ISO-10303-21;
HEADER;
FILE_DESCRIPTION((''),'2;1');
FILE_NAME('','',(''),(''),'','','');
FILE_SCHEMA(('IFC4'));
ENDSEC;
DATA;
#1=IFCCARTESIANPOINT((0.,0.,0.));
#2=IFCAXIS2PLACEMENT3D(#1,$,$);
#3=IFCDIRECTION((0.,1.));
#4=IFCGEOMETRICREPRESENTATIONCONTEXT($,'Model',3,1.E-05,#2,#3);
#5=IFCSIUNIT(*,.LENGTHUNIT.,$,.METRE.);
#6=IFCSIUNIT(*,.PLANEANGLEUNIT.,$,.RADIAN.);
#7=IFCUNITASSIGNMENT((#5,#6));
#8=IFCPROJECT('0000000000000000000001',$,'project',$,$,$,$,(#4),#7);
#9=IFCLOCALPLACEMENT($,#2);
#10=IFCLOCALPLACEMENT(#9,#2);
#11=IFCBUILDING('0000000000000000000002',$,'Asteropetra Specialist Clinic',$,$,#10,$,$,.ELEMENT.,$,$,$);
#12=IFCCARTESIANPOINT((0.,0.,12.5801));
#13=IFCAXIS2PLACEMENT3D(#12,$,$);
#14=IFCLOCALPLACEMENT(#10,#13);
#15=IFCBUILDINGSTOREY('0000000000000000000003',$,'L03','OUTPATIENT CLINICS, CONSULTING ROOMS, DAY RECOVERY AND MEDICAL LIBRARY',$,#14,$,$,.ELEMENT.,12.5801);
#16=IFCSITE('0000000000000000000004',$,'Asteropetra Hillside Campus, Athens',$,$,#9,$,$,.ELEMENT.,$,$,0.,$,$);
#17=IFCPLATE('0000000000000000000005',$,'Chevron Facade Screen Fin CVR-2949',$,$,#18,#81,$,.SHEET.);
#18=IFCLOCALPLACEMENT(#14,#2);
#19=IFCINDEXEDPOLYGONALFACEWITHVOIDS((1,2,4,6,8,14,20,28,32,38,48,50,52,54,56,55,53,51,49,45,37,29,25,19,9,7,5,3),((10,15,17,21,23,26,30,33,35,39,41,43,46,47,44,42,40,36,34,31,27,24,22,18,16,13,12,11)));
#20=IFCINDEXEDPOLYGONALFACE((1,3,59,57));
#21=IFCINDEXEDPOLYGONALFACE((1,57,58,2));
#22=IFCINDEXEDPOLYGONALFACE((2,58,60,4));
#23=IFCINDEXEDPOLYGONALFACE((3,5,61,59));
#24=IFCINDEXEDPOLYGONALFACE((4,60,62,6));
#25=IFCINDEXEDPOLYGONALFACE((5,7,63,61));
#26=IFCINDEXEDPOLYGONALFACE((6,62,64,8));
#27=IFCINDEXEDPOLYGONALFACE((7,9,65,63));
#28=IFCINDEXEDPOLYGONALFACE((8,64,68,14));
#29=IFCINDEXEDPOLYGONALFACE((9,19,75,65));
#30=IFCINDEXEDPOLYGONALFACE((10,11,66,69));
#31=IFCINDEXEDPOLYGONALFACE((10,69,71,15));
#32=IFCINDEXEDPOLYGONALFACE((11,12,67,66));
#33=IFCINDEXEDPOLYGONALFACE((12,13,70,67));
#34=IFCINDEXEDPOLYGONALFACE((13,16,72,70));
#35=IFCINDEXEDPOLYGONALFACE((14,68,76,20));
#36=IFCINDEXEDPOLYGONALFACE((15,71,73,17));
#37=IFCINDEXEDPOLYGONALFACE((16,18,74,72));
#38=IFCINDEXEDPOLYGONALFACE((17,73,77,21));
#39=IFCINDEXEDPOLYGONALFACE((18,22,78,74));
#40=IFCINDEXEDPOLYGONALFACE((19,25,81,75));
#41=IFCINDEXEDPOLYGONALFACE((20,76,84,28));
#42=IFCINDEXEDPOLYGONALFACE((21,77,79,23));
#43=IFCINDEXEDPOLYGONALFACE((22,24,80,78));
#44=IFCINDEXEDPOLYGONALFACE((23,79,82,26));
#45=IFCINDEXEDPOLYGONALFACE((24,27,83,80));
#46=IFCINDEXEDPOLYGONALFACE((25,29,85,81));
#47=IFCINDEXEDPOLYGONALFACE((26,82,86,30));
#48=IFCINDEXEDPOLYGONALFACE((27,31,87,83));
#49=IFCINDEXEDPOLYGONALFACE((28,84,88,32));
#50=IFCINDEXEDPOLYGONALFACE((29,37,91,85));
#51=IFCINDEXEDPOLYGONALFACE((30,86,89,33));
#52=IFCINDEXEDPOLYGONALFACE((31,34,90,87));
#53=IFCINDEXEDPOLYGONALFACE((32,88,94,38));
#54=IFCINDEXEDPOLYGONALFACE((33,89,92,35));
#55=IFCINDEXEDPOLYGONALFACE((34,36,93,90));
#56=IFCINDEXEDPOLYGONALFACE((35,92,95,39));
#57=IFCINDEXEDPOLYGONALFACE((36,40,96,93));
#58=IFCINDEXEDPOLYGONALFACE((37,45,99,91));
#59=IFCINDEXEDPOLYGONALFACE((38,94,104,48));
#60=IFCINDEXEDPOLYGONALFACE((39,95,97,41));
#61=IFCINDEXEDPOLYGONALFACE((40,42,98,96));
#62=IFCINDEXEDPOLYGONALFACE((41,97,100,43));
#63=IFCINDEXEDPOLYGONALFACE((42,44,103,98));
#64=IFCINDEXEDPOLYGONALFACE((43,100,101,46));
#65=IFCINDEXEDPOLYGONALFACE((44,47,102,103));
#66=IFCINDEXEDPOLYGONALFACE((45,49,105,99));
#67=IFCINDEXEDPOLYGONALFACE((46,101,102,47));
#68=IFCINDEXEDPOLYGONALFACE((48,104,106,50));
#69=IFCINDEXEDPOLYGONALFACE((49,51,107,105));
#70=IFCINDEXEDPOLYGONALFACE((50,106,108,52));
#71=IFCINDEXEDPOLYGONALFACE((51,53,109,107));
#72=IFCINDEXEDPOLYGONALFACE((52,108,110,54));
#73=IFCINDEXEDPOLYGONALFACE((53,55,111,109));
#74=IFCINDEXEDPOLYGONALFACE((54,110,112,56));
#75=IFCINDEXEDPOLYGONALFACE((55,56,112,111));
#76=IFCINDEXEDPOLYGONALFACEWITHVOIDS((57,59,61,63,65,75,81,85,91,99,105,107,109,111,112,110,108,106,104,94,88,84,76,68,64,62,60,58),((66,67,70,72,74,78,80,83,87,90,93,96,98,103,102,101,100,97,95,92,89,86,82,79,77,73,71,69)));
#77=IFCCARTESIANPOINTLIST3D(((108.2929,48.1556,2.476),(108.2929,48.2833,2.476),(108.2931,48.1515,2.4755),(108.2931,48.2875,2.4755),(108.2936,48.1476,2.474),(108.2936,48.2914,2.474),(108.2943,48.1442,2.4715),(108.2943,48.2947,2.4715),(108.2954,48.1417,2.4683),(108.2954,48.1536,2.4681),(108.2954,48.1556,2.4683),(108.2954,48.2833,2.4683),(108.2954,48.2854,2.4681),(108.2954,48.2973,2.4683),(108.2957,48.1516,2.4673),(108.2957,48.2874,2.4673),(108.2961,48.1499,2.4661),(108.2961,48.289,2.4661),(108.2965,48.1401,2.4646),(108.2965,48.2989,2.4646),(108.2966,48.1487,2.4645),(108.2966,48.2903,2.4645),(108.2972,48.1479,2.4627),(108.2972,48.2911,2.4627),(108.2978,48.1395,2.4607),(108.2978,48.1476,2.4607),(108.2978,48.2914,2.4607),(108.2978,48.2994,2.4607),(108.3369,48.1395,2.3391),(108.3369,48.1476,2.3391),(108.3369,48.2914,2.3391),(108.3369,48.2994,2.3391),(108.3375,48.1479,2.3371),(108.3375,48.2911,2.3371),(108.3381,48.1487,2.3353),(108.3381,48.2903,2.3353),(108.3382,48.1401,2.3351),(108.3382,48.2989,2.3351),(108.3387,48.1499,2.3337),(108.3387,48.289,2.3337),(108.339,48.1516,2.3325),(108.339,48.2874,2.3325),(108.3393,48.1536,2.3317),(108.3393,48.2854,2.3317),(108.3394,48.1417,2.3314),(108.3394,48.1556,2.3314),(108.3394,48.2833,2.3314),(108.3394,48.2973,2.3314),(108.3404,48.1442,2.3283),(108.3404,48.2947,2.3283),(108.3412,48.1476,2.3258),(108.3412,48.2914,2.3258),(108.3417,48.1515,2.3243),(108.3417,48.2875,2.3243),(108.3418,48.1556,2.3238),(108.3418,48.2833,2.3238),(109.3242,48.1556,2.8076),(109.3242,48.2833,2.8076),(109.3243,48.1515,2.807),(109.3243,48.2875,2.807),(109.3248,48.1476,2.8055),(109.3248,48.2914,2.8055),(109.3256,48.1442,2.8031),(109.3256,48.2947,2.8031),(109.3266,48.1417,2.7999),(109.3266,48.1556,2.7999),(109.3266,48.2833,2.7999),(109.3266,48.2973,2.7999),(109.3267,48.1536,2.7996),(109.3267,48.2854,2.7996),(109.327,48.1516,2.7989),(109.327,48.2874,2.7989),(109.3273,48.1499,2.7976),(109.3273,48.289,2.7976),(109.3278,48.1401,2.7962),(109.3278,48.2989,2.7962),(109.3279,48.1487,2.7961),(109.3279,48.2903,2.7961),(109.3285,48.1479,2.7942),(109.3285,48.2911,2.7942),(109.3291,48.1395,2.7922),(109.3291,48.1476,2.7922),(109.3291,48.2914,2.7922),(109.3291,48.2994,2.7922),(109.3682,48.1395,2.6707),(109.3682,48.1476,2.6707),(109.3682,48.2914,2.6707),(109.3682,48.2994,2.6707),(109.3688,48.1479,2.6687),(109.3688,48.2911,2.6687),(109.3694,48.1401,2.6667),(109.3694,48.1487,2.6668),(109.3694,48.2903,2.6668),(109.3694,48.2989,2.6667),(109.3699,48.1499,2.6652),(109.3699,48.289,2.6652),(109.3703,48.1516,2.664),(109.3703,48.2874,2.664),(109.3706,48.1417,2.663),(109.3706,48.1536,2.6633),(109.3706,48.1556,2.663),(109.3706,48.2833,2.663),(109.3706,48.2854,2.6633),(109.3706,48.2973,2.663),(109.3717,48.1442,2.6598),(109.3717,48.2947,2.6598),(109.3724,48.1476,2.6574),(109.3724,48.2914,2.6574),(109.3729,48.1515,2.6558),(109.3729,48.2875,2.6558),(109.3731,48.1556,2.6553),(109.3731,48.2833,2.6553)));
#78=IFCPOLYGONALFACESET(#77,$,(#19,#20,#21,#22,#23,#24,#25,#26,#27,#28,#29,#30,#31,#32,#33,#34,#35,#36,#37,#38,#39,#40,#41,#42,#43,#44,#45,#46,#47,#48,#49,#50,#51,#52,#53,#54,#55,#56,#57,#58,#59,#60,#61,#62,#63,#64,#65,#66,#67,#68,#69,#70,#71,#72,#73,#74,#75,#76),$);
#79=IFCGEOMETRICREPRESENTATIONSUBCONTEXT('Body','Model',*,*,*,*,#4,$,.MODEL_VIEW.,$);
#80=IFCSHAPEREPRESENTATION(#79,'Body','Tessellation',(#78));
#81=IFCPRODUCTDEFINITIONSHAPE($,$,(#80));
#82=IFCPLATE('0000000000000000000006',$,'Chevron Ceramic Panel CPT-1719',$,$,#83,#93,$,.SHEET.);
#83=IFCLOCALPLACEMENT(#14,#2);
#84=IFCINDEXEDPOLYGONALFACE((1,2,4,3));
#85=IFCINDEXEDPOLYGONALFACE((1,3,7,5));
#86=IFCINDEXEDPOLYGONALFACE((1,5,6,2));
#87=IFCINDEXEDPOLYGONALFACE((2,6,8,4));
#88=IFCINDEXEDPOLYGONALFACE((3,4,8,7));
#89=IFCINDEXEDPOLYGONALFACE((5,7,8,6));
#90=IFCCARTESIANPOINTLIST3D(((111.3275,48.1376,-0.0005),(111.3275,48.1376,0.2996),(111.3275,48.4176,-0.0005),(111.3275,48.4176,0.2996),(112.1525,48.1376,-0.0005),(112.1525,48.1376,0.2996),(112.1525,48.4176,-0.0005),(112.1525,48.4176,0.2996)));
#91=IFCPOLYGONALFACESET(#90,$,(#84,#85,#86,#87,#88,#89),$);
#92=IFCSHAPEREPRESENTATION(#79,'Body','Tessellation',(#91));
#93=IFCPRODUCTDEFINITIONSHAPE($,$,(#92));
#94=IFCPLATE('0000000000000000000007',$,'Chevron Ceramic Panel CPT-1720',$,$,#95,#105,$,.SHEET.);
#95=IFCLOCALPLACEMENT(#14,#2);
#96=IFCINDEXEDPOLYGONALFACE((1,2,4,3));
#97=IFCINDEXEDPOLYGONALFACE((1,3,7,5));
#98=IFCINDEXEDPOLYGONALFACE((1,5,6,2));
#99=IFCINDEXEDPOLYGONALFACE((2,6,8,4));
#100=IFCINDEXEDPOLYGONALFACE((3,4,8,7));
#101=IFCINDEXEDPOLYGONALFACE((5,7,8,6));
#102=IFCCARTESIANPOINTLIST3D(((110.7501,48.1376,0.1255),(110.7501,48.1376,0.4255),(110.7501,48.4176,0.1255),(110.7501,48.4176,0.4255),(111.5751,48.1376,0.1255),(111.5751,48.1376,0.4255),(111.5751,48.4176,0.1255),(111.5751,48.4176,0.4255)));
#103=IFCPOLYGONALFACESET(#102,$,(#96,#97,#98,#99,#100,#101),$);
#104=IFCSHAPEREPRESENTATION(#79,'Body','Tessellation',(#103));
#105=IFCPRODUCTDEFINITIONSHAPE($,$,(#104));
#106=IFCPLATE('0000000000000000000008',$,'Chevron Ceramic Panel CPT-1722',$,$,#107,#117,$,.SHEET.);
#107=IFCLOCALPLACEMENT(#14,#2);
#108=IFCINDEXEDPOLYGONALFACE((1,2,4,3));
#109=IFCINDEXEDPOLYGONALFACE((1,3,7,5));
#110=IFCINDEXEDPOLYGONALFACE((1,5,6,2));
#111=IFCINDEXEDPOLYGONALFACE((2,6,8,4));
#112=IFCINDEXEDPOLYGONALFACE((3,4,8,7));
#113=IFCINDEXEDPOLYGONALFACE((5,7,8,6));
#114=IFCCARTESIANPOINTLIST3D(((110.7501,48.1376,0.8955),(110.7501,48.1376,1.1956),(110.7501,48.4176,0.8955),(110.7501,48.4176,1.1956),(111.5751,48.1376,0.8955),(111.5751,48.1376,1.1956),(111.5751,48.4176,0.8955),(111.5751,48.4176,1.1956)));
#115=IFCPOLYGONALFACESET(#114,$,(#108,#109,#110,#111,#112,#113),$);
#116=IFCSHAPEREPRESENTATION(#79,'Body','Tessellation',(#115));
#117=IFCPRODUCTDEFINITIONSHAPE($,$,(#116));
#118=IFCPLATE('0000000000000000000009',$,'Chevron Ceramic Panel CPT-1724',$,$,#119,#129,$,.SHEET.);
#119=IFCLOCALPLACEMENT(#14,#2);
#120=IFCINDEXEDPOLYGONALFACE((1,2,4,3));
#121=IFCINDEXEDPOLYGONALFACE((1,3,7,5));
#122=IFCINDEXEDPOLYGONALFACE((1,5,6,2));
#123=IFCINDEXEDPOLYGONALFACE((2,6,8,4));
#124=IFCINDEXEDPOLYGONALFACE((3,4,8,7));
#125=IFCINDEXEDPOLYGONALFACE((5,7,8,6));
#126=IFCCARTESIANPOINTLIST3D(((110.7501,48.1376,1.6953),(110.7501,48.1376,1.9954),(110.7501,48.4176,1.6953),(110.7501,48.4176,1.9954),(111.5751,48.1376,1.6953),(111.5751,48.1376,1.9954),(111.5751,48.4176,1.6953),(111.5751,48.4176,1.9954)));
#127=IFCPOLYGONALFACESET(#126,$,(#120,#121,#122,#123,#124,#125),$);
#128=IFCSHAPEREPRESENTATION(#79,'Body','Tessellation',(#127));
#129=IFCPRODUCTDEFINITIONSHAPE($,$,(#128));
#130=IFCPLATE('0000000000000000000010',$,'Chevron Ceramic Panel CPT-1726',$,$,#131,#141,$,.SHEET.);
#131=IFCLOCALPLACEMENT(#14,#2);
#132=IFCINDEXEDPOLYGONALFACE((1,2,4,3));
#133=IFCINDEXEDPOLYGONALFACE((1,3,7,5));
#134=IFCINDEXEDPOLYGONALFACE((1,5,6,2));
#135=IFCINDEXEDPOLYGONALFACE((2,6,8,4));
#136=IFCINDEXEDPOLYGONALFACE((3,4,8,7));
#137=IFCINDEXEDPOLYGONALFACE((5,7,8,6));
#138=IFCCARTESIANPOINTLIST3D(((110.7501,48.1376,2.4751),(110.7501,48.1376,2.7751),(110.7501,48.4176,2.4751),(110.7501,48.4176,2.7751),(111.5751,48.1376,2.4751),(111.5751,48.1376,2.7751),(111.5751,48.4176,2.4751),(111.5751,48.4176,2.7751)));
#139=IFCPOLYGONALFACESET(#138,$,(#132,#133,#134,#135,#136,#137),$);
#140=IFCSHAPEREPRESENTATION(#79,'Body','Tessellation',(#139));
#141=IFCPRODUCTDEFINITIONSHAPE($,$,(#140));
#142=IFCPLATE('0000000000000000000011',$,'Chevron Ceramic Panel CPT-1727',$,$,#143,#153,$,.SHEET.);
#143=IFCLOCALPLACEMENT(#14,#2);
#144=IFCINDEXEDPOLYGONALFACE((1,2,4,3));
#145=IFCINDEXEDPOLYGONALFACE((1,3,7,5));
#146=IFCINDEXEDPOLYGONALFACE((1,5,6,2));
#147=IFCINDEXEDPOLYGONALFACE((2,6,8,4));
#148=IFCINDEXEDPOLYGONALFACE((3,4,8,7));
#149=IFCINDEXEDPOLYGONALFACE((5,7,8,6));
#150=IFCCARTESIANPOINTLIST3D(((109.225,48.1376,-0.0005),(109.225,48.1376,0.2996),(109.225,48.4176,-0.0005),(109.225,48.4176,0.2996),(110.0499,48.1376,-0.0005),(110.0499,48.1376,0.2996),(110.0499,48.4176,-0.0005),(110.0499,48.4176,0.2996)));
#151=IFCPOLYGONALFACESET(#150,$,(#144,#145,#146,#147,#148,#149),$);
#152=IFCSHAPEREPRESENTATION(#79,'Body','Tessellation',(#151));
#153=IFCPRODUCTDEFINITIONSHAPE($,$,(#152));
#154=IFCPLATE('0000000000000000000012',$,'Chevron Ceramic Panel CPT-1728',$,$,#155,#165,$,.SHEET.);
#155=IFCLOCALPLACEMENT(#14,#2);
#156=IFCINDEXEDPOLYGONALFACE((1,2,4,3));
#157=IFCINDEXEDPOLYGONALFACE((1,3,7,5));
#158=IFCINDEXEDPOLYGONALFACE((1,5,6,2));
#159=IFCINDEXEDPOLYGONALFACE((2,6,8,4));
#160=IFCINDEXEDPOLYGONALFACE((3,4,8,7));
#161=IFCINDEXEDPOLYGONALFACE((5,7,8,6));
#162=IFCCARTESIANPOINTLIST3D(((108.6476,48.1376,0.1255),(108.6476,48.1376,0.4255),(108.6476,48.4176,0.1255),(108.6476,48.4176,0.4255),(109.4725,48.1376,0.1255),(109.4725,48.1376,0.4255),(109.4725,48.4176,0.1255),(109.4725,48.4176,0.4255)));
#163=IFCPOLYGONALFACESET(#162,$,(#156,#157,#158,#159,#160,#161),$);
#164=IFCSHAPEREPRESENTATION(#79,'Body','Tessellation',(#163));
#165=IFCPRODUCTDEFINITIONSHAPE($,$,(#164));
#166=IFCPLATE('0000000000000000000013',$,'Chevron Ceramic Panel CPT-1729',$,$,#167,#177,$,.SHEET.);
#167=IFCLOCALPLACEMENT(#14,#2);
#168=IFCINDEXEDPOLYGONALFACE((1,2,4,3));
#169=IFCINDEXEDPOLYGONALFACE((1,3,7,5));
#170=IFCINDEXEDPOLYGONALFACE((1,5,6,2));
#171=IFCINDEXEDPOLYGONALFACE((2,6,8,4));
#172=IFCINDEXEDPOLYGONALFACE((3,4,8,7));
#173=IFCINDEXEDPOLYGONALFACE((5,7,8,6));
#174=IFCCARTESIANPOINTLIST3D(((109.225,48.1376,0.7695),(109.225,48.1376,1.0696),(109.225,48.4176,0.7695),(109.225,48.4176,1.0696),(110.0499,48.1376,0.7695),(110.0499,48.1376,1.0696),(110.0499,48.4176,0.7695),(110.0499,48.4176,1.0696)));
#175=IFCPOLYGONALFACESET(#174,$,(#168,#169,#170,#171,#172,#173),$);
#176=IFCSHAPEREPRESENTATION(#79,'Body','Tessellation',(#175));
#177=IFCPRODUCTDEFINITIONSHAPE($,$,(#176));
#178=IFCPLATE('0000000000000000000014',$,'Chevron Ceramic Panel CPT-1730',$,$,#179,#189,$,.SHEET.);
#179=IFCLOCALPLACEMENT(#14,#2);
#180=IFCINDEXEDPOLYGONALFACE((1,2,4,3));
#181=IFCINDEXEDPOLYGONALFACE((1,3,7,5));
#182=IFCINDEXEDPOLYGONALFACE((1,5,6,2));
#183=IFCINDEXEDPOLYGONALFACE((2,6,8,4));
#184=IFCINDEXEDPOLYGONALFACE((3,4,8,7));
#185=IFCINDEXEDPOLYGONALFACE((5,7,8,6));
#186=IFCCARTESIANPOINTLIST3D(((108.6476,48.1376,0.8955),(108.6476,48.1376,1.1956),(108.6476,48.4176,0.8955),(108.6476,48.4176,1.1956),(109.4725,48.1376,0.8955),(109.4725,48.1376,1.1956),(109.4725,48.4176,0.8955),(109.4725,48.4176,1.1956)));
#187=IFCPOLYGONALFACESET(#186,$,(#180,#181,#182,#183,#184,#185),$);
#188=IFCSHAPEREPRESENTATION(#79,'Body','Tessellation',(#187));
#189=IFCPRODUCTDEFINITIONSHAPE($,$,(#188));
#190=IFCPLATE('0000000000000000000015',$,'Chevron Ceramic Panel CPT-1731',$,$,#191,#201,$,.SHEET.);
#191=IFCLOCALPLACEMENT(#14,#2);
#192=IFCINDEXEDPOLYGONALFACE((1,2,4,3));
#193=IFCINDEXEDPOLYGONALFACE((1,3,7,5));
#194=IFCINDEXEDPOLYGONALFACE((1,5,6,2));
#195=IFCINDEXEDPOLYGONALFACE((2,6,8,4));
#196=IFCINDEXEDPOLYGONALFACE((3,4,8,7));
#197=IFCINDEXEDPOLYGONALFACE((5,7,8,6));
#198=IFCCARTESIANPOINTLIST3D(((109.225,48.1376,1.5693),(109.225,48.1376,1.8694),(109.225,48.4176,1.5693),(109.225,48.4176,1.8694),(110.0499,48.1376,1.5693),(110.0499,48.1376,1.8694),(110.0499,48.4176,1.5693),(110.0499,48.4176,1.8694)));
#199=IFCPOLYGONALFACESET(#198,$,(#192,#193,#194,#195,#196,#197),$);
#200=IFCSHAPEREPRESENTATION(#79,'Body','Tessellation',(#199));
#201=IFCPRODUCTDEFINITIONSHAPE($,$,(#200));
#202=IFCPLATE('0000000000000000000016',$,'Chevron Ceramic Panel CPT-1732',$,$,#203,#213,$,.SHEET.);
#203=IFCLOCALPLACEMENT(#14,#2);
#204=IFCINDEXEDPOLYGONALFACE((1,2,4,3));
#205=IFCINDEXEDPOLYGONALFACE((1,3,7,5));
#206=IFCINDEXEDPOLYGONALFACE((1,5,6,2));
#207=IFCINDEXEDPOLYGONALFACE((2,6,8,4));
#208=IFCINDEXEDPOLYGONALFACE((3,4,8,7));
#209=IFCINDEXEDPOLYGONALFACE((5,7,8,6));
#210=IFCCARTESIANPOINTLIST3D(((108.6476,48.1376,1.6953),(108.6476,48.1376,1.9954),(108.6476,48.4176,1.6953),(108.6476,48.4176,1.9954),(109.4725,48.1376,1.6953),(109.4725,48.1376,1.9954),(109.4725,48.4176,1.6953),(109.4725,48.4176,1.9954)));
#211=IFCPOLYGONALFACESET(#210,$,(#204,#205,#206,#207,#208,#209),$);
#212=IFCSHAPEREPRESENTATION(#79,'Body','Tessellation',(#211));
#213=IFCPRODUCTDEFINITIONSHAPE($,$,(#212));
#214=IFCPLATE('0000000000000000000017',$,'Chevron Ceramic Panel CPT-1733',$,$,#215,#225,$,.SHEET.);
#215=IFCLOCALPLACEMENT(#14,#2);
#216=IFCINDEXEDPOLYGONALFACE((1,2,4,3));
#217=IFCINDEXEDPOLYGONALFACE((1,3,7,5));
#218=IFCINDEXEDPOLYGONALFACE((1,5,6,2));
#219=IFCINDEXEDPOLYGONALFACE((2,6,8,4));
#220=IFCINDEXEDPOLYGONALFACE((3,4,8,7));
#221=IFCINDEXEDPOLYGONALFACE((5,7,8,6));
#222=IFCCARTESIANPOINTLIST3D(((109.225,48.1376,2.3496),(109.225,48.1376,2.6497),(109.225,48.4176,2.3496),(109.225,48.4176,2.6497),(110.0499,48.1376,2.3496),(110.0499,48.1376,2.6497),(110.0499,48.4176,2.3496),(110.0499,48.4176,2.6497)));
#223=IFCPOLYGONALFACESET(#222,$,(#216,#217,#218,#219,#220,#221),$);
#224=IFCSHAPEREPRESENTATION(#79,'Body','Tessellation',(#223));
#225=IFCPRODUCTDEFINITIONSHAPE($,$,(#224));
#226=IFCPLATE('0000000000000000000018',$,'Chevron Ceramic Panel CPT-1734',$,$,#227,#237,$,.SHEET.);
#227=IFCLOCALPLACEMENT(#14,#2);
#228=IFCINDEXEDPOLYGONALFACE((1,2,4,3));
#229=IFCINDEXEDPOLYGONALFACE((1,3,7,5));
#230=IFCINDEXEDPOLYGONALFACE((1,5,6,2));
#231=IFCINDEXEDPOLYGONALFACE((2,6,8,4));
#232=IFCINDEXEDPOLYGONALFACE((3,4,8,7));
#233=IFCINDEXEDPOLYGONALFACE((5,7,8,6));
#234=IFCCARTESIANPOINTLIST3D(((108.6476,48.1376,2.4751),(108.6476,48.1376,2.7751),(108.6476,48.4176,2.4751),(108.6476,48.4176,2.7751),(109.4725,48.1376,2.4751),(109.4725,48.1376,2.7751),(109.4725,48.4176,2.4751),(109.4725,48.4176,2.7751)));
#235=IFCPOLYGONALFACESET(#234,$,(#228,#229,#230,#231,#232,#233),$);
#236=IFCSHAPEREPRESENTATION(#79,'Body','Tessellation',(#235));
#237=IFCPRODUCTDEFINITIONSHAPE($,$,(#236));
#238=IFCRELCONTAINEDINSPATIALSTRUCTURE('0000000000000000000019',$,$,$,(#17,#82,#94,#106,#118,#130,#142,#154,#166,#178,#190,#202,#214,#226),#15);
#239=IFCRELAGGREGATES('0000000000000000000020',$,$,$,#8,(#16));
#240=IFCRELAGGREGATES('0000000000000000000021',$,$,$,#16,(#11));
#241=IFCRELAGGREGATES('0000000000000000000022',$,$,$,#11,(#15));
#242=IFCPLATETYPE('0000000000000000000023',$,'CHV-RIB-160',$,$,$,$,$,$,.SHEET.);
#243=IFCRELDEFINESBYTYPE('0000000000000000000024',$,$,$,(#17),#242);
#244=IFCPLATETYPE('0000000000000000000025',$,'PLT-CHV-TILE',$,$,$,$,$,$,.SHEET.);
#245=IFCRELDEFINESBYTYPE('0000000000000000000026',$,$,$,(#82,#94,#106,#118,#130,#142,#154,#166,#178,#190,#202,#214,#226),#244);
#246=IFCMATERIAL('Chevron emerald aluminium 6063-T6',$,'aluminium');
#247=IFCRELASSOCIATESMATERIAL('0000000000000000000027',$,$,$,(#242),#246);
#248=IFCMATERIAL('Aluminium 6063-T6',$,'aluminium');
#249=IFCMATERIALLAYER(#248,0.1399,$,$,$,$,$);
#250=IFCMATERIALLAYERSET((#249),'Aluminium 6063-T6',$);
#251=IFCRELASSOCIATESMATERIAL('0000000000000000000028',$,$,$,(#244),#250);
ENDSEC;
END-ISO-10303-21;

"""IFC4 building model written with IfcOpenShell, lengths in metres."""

from ifc_helpers import new_model, si_unit, direction, frame, origin, origin_2d, place, context, subcontext, project, spatial, rectangle, hollow_rectangle, extrude, material, layer, layer_set, material_profile, profile_set, type_object, element, save


model = new_model("IFC4")

# Units and contexts
model_context = context("Model", 3, precision=1e-05, world=origin(), true_north=direction((0.0, 1.0)))
body_context = subcontext(model_context, "Body", "Model", "MODEL_VIEW")
ifc_project = project(units=[si_unit("LENGTHUNIT", "METRE"), si_unit("PLANEANGLEUNIT", "RADIAN")], contexts=[model_context])

# Site, building, storey
site_placement = place(None, origin())
site = spatial("IfcSite", under=ifc_project, at=site_placement, Name="Asteropetra Hillside Campus, Athens", CompositionType="ELEMENT", RefElevation=0.0)
building_placement = place(site_placement, origin())
building = spatial("IfcBuilding", under=site, at=building_placement, Name="Asteropetra Specialist Clinic", CompositionType="ELEMENT")
storey_placement = place(building_placement, frame((0.0, 0.0, 12.5801)))
storey = spatial("IfcBuildingStorey", under=building, at=storey_placement, Name="L03", Description="OUTPATIENT CLINICS, CONSULTING ROOMS, DAY RECOVERY AND MEDICAL LIBRARY", CompositionType="ELEMENT", Elevation=12.5801)

# Plates
ifc_material_1 = material(Name="Chevron emerald aluminium 6063-T6", Category="aluminium")
ifc_material_profile = material_profile(ifc_material_1, hollow_rectangle(XDim=0.1599, YDim=0.1599, WallThickness=0.0081, InnerFilletRadius=0.0081, OuterFilletRadius=0.0161, at=origin_2d()), Name="SHS 160x160x8.0")
ifc_profile_set = profile_set([ifc_material_profile], Name="Chevron emerald aluminium 6063-T6")
plate_type_1 = type_object("IfcPlateType", Name="CHV-RIB-160", PredefinedType="SHEET", material=ifc_profile_set)
for number, where, z_axis, x_axis, name in (
    (1, (109.3486, 48.2195, 2.7314), (-0.95201, 0.0, -0.306068), (0.0, -1.0, 0.0), "Chevron Facade Screen Fin CVR-2949"),
):
    element("IfcPlate", number, at=place(storey_placement, frame(where, z_axis=z_axis, x_axis=x_axis)), inside=storey, type_object=plate_type_1, Name=name, PredefinedType="SHEET", context=body_context, shape_type="SweptSolid", body=[
        extrude(hollow_rectangle(XDim=0.1599, YDim=0.1599, WallThickness=0.0081, InnerFilletRadius=0.0081, OuterFilletRadius=0.0161, at=origin_2d()), origin(), (0.0, 0.0, 1.0), 1.0833),
    ])
ifc_material_2 = material(Name="Aluminium 6063-T6", Category="aluminium")
ifc_layer_1 = layer(ifc_material_2, 0.1399)
ifc_layer_set_1 = layer_set([ifc_layer_1], Name="Aluminium 6063-T6")
plate_type_2 = type_object("IfcPlateType", Name="PLT-CHV-TILE", PredefinedType="SHEET", material=ifc_layer_set_1)
for number, where, z_axis, x_axis, name in (
    (2, (111.74, 48.2776, -0.0005), (0.0, 0.0, 1.0), (1.0, 0.0, 0.0), "Chevron Ceramic Panel CPT-1719"),
    (3, (111.1626, 48.2776, 0.1255), (0.0, 0.0, 1.0), (1.0, 0.0, 0.0), "Chevron Ceramic Panel CPT-1720"),
    (4, (111.1626, 48.2776, 0.8955), (0.0, 0.0, 1.0), (1.0, 0.0, 0.0), "Chevron Ceramic Panel CPT-1722"),
    (5, (111.1626, 48.2776, 1.6953), (0.0, 0.0, 1.0), (1.0, 0.0, 0.0), "Chevron Ceramic Panel CPT-1724"),
    (6, (111.1626, 48.2776, 2.4751), (0.0, 0.0, 1.0), (1.0, 0.0, 0.0), "Chevron Ceramic Panel CPT-1726"),
    (7, (109.6375, 48.2776, -0.0005), (0.0, 0.0, 1.0), (1.0, 0.0, 0.0), "Chevron Ceramic Panel CPT-1727"),
    (8, (109.0601, 48.2776, 0.1255), (0.0, 0.0, 1.0), (1.0, 0.0, 0.0), "Chevron Ceramic Panel CPT-1728"),
    (9, (109.6375, 48.2776, 0.7695), (0.0, 0.0, 1.0), (1.0, 0.0, 0.0), "Chevron Ceramic Panel CPT-1729"),
    (10, (109.0601, 48.2776, 0.8955), (0.0, 0.0, 1.0), (1.0, 0.0, 0.0), "Chevron Ceramic Panel CPT-1730"),
    (11, (109.6375, 48.2776, 1.5693), (0.0, 0.0, 1.0), (1.0, 0.0, 0.0), "Chevron Ceramic Panel CPT-1731"),
    (12, (109.0601, 48.2776, 1.6953), (0.0, 0.0, 1.0), (1.0, 0.0, 0.0), "Chevron Ceramic Panel CPT-1732"),
    (13, (109.6375, 48.2776, 2.3496), (0.0, 0.0, 1.0), (1.0, 0.0, 0.0), "Chevron Ceramic Panel CPT-1733"),
    (14, (109.0601, 48.2776, 2.4751), (0.0, 0.0, 1.0), (1.0, 0.0, 0.0), "Chevron Ceramic Panel CPT-1734"),
):
    element("IfcPlate", number, at=place(storey_placement, frame(where, z_axis=z_axis, x_axis=x_axis)), inside=storey, type_object=plate_type_2, Name=name, PredefinedType="SHEET", context=body_context, shape_type="SweptSolid", body=[
        extrude(rectangle(XDim=0.825, YDim=0.28, at=origin_2d()), origin(), (0.0, 0.0, 1.0), 0.3),
    ])

save(model, "model.ifc")
